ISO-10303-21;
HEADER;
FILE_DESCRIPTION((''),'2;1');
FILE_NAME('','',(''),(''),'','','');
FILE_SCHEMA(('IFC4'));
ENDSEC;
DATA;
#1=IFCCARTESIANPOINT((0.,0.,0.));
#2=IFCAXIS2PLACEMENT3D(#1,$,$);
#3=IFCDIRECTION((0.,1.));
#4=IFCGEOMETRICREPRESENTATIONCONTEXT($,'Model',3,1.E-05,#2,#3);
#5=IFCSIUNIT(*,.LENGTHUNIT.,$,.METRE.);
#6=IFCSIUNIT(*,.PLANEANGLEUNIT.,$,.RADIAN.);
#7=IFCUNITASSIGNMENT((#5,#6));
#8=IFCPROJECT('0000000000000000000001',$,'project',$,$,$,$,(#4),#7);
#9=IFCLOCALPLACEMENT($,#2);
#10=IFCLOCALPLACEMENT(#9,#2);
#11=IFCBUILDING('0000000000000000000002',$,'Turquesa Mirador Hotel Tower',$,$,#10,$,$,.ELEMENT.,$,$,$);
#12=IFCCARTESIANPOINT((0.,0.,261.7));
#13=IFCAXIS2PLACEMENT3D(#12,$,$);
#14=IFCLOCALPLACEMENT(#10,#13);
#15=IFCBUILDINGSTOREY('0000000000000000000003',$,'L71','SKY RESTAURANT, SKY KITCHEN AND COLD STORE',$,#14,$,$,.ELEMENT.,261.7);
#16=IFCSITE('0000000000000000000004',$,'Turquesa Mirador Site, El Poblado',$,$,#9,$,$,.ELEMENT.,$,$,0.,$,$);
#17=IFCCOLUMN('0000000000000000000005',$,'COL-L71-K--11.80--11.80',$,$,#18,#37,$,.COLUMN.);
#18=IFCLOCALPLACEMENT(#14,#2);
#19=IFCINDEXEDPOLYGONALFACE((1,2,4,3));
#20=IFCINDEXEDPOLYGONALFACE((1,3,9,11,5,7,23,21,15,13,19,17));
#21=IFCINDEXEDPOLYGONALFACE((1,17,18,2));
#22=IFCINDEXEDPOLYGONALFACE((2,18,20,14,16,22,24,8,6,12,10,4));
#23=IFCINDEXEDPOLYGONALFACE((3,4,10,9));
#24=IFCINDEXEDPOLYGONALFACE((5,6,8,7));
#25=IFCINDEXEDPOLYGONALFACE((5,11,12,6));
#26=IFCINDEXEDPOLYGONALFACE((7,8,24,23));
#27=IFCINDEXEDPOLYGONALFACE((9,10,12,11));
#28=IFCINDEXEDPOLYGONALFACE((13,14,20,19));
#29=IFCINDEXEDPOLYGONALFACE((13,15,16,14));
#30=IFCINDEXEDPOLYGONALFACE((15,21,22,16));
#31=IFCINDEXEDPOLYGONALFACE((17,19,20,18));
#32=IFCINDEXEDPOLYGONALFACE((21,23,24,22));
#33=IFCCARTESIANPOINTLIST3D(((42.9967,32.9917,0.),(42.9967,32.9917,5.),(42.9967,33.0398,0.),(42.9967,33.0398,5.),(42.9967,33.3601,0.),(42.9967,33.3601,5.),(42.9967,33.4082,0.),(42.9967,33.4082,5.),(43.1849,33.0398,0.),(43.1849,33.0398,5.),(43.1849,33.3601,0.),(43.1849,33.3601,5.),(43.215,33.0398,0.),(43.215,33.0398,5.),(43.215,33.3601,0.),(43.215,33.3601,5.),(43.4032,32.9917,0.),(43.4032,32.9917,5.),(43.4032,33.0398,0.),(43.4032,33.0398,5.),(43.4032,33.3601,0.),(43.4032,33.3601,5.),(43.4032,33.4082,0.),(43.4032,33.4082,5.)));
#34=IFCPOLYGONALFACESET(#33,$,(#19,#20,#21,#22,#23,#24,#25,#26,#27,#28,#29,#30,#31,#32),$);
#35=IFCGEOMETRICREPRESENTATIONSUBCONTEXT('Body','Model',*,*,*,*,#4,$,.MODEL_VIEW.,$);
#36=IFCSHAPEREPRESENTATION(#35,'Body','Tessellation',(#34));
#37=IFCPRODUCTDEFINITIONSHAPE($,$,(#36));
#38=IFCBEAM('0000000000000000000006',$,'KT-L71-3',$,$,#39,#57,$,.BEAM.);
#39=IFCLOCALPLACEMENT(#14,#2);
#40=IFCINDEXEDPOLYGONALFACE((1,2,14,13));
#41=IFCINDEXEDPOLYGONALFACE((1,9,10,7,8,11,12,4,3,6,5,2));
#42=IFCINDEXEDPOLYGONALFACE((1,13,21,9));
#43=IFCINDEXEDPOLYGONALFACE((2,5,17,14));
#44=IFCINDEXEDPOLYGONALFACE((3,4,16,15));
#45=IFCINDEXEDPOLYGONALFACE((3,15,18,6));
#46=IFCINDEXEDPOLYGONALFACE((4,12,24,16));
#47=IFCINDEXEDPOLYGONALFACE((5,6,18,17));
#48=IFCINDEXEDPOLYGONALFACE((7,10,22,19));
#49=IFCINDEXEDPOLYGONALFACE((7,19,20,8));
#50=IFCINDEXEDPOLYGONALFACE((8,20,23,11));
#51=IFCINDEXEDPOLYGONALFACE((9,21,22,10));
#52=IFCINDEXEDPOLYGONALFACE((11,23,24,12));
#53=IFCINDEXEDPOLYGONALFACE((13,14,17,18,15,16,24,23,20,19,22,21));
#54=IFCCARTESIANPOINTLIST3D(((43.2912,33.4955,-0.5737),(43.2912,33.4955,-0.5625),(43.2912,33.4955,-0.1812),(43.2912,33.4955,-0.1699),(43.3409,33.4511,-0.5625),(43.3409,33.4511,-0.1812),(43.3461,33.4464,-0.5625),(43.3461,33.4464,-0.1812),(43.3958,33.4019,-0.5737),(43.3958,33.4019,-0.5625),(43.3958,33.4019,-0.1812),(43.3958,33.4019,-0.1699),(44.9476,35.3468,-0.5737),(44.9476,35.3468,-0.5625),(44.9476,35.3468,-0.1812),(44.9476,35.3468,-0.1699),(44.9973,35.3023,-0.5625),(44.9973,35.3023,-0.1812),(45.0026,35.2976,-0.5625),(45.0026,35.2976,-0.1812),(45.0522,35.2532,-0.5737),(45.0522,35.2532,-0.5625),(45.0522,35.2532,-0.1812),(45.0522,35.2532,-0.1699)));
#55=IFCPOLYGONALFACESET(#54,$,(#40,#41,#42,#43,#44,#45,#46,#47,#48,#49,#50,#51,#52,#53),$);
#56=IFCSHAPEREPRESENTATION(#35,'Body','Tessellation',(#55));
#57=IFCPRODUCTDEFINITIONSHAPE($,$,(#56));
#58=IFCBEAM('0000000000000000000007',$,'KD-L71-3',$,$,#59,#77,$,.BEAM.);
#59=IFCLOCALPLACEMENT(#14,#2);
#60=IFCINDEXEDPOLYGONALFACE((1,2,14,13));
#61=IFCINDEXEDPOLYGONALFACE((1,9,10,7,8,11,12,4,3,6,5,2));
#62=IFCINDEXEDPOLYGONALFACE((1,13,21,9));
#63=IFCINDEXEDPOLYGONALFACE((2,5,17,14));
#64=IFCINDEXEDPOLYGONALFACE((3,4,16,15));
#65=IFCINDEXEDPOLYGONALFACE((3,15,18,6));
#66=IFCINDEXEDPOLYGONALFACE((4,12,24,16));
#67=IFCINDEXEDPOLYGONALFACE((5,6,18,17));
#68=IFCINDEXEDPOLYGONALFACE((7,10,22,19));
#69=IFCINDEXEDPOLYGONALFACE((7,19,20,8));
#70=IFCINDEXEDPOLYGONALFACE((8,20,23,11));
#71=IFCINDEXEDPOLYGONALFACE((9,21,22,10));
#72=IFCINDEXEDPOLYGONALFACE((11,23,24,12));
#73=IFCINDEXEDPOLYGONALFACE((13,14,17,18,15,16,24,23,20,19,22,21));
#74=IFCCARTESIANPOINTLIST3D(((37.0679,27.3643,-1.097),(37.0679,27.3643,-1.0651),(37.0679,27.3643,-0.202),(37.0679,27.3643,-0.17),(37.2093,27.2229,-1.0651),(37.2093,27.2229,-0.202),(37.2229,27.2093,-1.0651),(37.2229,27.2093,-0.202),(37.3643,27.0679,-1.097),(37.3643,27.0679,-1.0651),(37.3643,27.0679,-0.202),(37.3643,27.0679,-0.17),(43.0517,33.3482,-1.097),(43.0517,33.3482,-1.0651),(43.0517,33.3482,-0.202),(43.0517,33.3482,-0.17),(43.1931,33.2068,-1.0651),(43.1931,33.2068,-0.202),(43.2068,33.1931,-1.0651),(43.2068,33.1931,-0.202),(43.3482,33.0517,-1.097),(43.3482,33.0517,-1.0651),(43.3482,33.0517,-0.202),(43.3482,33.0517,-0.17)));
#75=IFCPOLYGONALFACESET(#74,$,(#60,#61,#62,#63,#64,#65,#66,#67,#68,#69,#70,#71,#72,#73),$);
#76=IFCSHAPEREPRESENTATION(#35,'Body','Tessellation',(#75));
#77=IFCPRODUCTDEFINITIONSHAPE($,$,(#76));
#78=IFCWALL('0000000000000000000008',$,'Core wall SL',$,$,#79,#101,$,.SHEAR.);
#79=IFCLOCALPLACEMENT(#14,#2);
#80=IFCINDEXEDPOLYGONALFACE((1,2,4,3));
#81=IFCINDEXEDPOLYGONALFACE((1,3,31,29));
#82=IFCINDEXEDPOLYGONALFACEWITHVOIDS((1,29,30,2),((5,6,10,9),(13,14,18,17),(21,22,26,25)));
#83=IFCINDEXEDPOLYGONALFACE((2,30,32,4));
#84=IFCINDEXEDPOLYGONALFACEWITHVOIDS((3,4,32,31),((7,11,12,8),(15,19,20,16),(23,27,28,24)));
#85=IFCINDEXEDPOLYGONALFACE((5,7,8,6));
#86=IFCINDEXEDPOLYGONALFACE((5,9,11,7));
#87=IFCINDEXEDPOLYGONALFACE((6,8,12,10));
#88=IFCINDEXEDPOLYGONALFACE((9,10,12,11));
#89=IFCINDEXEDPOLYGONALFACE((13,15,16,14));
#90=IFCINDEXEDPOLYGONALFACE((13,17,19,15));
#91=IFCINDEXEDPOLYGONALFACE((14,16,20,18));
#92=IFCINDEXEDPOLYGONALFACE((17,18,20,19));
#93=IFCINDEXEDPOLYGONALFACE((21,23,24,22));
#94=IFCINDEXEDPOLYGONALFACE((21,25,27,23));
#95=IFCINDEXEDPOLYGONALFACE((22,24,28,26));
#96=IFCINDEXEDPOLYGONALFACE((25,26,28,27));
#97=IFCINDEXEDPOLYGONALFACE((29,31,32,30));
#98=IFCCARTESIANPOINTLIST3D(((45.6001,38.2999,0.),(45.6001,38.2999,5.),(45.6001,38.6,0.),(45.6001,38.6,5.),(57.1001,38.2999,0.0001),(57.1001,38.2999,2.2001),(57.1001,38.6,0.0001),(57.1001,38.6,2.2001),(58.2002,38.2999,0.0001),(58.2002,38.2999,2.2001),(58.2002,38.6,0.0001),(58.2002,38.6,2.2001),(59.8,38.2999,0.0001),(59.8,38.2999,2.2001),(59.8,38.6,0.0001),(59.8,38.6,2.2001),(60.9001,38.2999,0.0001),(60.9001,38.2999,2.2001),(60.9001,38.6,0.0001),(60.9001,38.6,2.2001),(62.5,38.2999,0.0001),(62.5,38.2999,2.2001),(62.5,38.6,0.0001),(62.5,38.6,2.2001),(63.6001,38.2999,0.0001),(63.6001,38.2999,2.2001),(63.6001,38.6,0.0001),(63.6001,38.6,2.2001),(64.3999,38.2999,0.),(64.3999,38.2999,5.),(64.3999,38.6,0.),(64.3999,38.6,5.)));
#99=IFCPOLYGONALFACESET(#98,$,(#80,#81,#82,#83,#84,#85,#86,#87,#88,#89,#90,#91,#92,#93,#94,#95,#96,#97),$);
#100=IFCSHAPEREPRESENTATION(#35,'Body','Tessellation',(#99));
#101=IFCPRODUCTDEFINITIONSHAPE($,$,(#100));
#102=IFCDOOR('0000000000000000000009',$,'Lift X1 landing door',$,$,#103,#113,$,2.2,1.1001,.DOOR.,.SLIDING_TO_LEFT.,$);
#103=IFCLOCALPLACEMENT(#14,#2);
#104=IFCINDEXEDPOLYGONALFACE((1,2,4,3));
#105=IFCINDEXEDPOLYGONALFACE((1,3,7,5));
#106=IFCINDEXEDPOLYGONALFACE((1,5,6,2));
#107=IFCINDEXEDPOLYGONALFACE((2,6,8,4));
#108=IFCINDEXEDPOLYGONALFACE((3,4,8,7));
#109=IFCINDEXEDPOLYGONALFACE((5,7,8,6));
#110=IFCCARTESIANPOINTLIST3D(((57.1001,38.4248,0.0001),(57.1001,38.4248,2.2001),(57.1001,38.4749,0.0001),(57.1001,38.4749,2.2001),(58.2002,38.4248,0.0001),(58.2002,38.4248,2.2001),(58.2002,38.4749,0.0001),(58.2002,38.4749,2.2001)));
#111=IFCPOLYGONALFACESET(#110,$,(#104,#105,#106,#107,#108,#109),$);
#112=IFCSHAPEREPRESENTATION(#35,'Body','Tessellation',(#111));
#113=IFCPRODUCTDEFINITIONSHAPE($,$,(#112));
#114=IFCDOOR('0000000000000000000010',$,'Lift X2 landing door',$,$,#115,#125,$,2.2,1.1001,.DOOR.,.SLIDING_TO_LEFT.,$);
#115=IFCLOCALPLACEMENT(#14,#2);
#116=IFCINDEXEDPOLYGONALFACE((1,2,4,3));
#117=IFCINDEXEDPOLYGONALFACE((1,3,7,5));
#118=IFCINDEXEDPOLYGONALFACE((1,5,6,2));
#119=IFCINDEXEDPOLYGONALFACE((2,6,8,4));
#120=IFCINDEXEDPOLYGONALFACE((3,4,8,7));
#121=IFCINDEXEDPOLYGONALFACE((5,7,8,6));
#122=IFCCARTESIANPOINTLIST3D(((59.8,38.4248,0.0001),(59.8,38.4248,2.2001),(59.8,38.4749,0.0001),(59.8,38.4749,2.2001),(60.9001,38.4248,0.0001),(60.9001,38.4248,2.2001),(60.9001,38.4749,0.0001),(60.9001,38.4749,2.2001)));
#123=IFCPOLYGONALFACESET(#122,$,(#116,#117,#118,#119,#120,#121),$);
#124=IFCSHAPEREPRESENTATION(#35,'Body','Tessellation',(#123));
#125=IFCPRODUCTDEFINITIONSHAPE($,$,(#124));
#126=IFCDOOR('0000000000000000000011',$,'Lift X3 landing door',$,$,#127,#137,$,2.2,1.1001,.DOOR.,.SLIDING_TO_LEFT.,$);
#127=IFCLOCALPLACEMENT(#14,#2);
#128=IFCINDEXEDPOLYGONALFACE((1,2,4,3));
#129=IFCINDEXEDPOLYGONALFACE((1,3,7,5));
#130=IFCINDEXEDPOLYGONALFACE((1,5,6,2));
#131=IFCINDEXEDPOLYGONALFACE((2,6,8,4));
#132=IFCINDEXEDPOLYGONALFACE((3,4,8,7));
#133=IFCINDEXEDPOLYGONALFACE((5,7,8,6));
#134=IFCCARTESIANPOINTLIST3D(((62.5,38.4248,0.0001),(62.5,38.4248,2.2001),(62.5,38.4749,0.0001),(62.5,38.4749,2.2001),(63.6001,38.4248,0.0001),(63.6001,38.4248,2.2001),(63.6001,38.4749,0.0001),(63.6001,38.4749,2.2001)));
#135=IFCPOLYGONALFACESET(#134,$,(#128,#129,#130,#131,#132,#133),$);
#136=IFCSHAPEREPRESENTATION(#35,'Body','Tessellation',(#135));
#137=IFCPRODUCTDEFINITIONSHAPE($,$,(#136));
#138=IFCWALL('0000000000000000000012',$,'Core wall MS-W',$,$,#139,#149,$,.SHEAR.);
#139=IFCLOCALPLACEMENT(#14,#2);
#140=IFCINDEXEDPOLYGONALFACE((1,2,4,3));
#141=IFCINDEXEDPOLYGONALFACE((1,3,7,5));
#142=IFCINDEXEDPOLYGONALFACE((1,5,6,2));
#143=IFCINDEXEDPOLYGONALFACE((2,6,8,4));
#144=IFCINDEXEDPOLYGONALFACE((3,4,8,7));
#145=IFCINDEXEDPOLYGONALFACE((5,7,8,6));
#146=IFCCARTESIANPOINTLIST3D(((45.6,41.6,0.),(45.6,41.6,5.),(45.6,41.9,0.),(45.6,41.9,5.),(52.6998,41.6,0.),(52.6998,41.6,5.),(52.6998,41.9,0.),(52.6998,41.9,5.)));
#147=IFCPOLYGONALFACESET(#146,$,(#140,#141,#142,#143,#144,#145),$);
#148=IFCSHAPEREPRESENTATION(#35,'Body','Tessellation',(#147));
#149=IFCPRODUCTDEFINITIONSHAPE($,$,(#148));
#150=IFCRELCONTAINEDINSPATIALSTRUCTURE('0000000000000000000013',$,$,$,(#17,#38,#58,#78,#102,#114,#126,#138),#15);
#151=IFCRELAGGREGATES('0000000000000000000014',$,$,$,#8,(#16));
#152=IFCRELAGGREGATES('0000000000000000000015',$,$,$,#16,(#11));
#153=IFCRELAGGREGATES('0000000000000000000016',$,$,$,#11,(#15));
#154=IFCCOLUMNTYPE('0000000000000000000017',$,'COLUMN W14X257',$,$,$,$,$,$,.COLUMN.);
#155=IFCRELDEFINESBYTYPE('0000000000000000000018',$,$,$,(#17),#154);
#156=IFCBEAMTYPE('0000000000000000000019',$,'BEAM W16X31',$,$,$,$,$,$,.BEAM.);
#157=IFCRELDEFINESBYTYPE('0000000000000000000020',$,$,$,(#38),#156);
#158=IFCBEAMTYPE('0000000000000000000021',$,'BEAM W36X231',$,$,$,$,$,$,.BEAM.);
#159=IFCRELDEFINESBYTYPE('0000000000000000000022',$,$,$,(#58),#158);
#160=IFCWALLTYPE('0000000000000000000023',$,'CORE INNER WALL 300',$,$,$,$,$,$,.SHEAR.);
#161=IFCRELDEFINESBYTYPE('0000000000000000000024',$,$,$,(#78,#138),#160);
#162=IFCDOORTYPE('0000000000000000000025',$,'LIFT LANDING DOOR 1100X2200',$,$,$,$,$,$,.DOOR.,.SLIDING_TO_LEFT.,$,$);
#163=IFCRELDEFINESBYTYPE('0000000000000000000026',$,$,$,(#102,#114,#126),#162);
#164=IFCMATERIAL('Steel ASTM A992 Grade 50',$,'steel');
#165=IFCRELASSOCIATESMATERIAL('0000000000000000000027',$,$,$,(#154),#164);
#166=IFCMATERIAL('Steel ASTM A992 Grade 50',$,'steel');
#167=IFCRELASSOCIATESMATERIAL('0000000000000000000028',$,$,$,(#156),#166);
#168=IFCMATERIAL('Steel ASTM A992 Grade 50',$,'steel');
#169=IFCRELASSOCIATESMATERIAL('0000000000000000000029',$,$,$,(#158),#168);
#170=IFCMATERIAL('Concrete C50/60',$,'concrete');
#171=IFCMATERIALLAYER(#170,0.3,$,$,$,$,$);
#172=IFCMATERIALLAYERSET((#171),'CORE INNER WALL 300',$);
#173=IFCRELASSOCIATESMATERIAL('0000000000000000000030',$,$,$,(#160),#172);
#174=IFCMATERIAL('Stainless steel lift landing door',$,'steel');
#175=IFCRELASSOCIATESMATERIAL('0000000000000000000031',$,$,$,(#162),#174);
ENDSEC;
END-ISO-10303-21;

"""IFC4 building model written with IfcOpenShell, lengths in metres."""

from ifc_helpers import new_model, si_unit, direction, frame, frame_2d, origin, origin_2d, place, context, subcontext, project, spatial, rectangle, i_section, extrude, material, layer, layer_set, material_profile, profile_set, type_object, element, fill, save


model = new_model("IFC4")

# Units and contexts
model_context = context("Model", 3, precision=1e-05, world=origin(), true_north=direction((0.0, 1.0)))
body_context = subcontext(model_context, "Body", "Model", "MODEL_VIEW")
ifc_project = project(units=[si_unit("LENGTHUNIT", "METRE"), si_unit("PLANEANGLEUNIT", "RADIAN")], contexts=[model_context])

# Site, building, storey
site_placement = place(None, origin())
site = spatial("IfcSite", under=ifc_project, at=site_placement, Name="Turquesa Mirador Site, El Poblado", CompositionType="ELEMENT", RefElevation=0.0)
building_placement = place(site_placement, origin())
building = spatial("IfcBuilding", under=site, at=building_placement, Name="Turquesa Mirador Hotel Tower", CompositionType="ELEMENT")
storey_placement = place(building_placement, frame((0.0, 0.0, 261.7)))
storey = spatial("IfcBuildingStorey", under=building, at=storey_placement, Name="L71", Description="SKY RESTAURANT, SKY KITCHEN AND COLD STORE", CompositionType="ELEMENT", Elevation=261.7)

# Column
ifc_material_1 = material(Name="Steel ASTM A992 Grade 50", Category="steel")
ifc_material_profile_1 = material_profile(ifc_material_1, i_section(OverallWidth=0.4065, OverallDepth=0.4165, WebThickness=0.03, FlangeThickness=0.0481, at=origin_2d()), Name="W14X257")
ifc_profile_set_1 = profile_set([ifc_material_profile_1], Name="Steel ASTM A992 Grade 50")
column_type = type_object("IfcColumnType", Name="COLUMN W14X257", PredefinedType="COLUMN", material=ifc_profile_set_1)
column_placement = place(storey_placement, frame((43.2, 33.2, 0.0), z_axis=(0.0, 0.0, 1.0), x_axis=(1.0, 0.0, 0.0)))
element("IfcColumn", 1, at=column_placement, inside=storey, type_object=column_type, Name="COL-L71-K--11.80--11.80", PredefinedType="COLUMN", context=body_context, shape_type="SweptSolid", body=[
    extrude(i_section(OverallWidth=0.4065, OverallDepth=0.4165, WebThickness=0.03, FlangeThickness=0.0481, at=origin_2d()), origin(), (0.0, 0.0, 1.0), 5.0),
])

# Beams
ifc_material_2 = material(Name="Steel ASTM A992 Grade 50", Category="steel")
ifc_material_profile_2 = material_profile(ifc_material_2, i_section(OverallWidth=0.1404, OverallDepth=0.4038, WebThickness=0.0071, FlangeThickness=0.0112, at=origin_2d()), Name="W16X31")
ifc_profile_set_2 = profile_set([ifc_material_profile_2], Name="Steel ASTM A992 Grade 50")
beam_type_1 = type_object("IfcBeamType", Name="BEAM W16X31", PredefinedType="BEAM", material=ifc_profile_set_2)
beam_1_placement = place(storey_placement, frame((43.3435, 33.4487, -0.3718), z_axis=(0.666806, 0.745231, 0.0), x_axis=(-0.745231, 0.666806, 0.0)))
element("IfcBeam", 2, at=beam_1_placement, inside=storey, type_object=beam_type_1, Name="KT-L71-3", PredefinedType="BEAM", context=body_context, shape_type="SweptSolid", body=[
    extrude(i_section(OverallWidth=0.1404, OverallDepth=0.4038, WebThickness=0.0071, FlangeThickness=0.0112, at=origin_2d()), origin(), (0.0, 0.0, 1.0), 2.4841),
])
ifc_material_3 = material(Name="Steel ASTM A992 Grade 50", Category="steel")
ifc_material_profile_3 = material_profile(ifc_material_3, i_section(OverallWidth=0.4192, OverallDepth=0.927, WebThickness=0.0193, FlangeThickness=0.032, at=origin_2d()), Name="W36X231")
ifc_profile_set_3 = profile_set([ifc_material_profile_3], Name="Steel ASTM A992 Grade 50")
beam_type_2 = type_object("IfcBeamType", Name="BEAM W36X231", PredefinedType="BEAM", material=ifc_profile_set_3)
beam_2_placement = place(storey_placement, frame((43.2, 33.2, -0.6335), z_axis=(-0.707107, -0.707107, 0.0), x_axis=(0.707107, -0.707107, 0.0)))
element("IfcBeam", 3, at=beam_2_placement, inside=storey, type_object=beam_type_2, Name="KD-L71-3", PredefinedType="BEAM", context=body_context, shape_type="SweptSolid", body=[
    extrude(i_section(OverallWidth=0.4192, OverallDepth=0.927, WebThickness=0.0193, FlangeThickness=0.032, at=origin_2d()), origin(), (0.0, 0.0, 1.0), 8.4624),
])

# Wall, openings, doors
ifc_material_4 = material(Name="Concrete C50/60", Category="concrete")
ifc_layer_1 = layer(ifc_material_4, 0.3)
ifc_layer_set_1 = layer_set([ifc_layer_1], Name="CORE INNER WALL 300")
wall_type_1 = type_object("IfcWallType", Name="CORE INNER WALL 300", PredefinedType="SHEAR", material=ifc_layer_set_1)
wall_1_placement = place(storey_placement, frame((45.6001, 38.45, 0.0), z_axis=(0.0, 0.0, 1.0), x_axis=(1.0, 0.0, 0.0)))
wall_1 = element("IfcWall", 4, at=wall_1_placement, inside=storey, type_object=wall_type_1, Name="Core wall SL", PredefinedType="SHEAR", context=body_context, shape_type="SweptSolid", body=[
    extrude(rectangle(XDim=18.7998, YDim=0.3, at=frame_2d((9.3999, 0.0))), origin(), (0.0, 0.0, 1.0), 5.0),
])
opening_1_placement = place(wall_1_placement, frame((11.5, 0.0, 0.0)))
opening_1 = element("IfcOpeningElement", 5, at=opening_1_placement, cuts=wall_1, PredefinedType="OPENING", context=body_context, shape_type="SweptSolid", body=[
    extrude(rectangle(XDim=1.1001, YDim=2.2, at=frame_2d((0.55, 1.1001))), frame((0.0, 0.1599, 0.0), z_axis=(0.0, -1.0, 0.0), x_axis=(1.0, 0.0, 0.0)), (0.0, 0.0, 1.0), 0.3201),
])
opening_2_placement = place(wall_1_placement, frame((14.2, 0.0, 0.0)))
opening_2 = element("IfcOpeningElement", 6, at=opening_2_placement, cuts=wall_1, PredefinedType="OPENING", context=body_context, shape_type="SweptSolid", body=[
    extrude(rectangle(XDim=1.1001, YDim=2.2, at=frame_2d((0.55, 1.1001))), frame((0.0, 0.1599, 0.0), z_axis=(0.0, -1.0, 0.0), x_axis=(1.0, 0.0, 0.0)), (0.0, 0.0, 1.0), 0.3201),
])
opening_3_placement = place(wall_1_placement, frame((16.8999, 0.0, 0.0)))
opening_3 = element("IfcOpeningElement", 7, at=opening_3_placement, cuts=wall_1, PredefinedType="OPENING", context=body_context, shape_type="SweptSolid", body=[
    extrude(rectangle(XDim=1.1001, YDim=2.2, at=frame_2d((0.55, 1.1001))), frame((0.0, 0.1599, 0.0), z_axis=(0.0, -1.0, 0.0), x_axis=(1.0, 0.0, 0.0)), (0.0, 0.0, 1.0), 0.3201),
])
ifc_material_5 = material(Name="Stainless steel lift landing door", Category="steel")
door_type_1 = type_object("IfcDoorType", Name="LIFT LANDING DOOR 1100X2200", OperationType="SLIDING_TO_LEFT", PredefinedType="DOOR", material=ifc_material_5)
door_1_placement = place(opening_1_placement, origin())
door_1 = element("IfcDoor", 8, at=door_1_placement, inside=storey, type_object=door_type_1, Name="Lift X1 landing door", OperationType="SLIDING_TO_LEFT", OverallHeight=2.2, OverallWidth=1.1001, PredefinedType="DOOR", context=body_context, shape_type="SweptSolid", body=[
    extrude(rectangle(XDim=1.1001, YDim=2.2, at=frame_2d((0.55, 1.1001))), frame((0.0, 0.0249, 0.0), z_axis=(0.0, -1.0, 0.0), x_axis=(1.0, 0.0, 0.0)), (0.0, 0.0, 1.0), 0.05),
])
fill(opening_1, door_1)
door_2_placement = place(opening_2_placement, origin())
door_2 = element("IfcDoor", 9, at=door_2_placement, inside=storey, type_object=door_type_1, Name="Lift X2 landing door", OperationType="SLIDING_TO_LEFT", OverallHeight=2.2, OverallWidth=1.1001, PredefinedType="DOOR", context=body_context, shape_type="SweptSolid", body=[
    extrude(rectangle(XDim=1.1001, YDim=2.2, at=frame_2d((0.55, 1.1001))), frame((0.0, 0.0249, 0.0), z_axis=(0.0, -1.0, 0.0), x_axis=(1.0, 0.0, 0.0)), (0.0, 0.0, 1.0), 0.05),
])
fill(opening_2, door_2)
door_3_placement = place(opening_3_placement, origin())
door_3 = element("IfcDoor", 10, at=door_3_placement, inside=storey, type_object=door_type_1, Name="Lift X3 landing door", OperationType="SLIDING_TO_LEFT", OverallHeight=2.2, OverallWidth=1.1001, PredefinedType="DOOR", context=body_context, shape_type="SweptSolid", body=[
    extrude(rectangle(XDim=1.1001, YDim=2.2, at=frame_2d((0.55, 1.1001))), frame((0.0, 0.0249, 0.0), z_axis=(0.0, -1.0, 0.0), x_axis=(1.0, 0.0, 0.0)), (0.0, 0.0, 1.0), 0.05),
])
fill(opening_3, door_3)

# Wall
wall_2_placement = place(storey_placement, frame((45.6001, 41.75, 0.0), z_axis=(0.0, 0.0, 1.0), x_axis=(1.0, 0.0, 0.0)))
element("IfcWall", 11, at=wall_2_placement, inside=storey, type_object=wall_type_1, Name="Core wall MS-W", PredefinedType="SHEAR", context=body_context, shape_type="SweptSolid", body=[
    extrude(rectangle(XDim=7.0999, YDim=0.3, at=frame_2d((3.5498, 0.0))), origin(), (0.0, 0.0, 1.0), 5.0),
])

save(model, "model.ifc")
